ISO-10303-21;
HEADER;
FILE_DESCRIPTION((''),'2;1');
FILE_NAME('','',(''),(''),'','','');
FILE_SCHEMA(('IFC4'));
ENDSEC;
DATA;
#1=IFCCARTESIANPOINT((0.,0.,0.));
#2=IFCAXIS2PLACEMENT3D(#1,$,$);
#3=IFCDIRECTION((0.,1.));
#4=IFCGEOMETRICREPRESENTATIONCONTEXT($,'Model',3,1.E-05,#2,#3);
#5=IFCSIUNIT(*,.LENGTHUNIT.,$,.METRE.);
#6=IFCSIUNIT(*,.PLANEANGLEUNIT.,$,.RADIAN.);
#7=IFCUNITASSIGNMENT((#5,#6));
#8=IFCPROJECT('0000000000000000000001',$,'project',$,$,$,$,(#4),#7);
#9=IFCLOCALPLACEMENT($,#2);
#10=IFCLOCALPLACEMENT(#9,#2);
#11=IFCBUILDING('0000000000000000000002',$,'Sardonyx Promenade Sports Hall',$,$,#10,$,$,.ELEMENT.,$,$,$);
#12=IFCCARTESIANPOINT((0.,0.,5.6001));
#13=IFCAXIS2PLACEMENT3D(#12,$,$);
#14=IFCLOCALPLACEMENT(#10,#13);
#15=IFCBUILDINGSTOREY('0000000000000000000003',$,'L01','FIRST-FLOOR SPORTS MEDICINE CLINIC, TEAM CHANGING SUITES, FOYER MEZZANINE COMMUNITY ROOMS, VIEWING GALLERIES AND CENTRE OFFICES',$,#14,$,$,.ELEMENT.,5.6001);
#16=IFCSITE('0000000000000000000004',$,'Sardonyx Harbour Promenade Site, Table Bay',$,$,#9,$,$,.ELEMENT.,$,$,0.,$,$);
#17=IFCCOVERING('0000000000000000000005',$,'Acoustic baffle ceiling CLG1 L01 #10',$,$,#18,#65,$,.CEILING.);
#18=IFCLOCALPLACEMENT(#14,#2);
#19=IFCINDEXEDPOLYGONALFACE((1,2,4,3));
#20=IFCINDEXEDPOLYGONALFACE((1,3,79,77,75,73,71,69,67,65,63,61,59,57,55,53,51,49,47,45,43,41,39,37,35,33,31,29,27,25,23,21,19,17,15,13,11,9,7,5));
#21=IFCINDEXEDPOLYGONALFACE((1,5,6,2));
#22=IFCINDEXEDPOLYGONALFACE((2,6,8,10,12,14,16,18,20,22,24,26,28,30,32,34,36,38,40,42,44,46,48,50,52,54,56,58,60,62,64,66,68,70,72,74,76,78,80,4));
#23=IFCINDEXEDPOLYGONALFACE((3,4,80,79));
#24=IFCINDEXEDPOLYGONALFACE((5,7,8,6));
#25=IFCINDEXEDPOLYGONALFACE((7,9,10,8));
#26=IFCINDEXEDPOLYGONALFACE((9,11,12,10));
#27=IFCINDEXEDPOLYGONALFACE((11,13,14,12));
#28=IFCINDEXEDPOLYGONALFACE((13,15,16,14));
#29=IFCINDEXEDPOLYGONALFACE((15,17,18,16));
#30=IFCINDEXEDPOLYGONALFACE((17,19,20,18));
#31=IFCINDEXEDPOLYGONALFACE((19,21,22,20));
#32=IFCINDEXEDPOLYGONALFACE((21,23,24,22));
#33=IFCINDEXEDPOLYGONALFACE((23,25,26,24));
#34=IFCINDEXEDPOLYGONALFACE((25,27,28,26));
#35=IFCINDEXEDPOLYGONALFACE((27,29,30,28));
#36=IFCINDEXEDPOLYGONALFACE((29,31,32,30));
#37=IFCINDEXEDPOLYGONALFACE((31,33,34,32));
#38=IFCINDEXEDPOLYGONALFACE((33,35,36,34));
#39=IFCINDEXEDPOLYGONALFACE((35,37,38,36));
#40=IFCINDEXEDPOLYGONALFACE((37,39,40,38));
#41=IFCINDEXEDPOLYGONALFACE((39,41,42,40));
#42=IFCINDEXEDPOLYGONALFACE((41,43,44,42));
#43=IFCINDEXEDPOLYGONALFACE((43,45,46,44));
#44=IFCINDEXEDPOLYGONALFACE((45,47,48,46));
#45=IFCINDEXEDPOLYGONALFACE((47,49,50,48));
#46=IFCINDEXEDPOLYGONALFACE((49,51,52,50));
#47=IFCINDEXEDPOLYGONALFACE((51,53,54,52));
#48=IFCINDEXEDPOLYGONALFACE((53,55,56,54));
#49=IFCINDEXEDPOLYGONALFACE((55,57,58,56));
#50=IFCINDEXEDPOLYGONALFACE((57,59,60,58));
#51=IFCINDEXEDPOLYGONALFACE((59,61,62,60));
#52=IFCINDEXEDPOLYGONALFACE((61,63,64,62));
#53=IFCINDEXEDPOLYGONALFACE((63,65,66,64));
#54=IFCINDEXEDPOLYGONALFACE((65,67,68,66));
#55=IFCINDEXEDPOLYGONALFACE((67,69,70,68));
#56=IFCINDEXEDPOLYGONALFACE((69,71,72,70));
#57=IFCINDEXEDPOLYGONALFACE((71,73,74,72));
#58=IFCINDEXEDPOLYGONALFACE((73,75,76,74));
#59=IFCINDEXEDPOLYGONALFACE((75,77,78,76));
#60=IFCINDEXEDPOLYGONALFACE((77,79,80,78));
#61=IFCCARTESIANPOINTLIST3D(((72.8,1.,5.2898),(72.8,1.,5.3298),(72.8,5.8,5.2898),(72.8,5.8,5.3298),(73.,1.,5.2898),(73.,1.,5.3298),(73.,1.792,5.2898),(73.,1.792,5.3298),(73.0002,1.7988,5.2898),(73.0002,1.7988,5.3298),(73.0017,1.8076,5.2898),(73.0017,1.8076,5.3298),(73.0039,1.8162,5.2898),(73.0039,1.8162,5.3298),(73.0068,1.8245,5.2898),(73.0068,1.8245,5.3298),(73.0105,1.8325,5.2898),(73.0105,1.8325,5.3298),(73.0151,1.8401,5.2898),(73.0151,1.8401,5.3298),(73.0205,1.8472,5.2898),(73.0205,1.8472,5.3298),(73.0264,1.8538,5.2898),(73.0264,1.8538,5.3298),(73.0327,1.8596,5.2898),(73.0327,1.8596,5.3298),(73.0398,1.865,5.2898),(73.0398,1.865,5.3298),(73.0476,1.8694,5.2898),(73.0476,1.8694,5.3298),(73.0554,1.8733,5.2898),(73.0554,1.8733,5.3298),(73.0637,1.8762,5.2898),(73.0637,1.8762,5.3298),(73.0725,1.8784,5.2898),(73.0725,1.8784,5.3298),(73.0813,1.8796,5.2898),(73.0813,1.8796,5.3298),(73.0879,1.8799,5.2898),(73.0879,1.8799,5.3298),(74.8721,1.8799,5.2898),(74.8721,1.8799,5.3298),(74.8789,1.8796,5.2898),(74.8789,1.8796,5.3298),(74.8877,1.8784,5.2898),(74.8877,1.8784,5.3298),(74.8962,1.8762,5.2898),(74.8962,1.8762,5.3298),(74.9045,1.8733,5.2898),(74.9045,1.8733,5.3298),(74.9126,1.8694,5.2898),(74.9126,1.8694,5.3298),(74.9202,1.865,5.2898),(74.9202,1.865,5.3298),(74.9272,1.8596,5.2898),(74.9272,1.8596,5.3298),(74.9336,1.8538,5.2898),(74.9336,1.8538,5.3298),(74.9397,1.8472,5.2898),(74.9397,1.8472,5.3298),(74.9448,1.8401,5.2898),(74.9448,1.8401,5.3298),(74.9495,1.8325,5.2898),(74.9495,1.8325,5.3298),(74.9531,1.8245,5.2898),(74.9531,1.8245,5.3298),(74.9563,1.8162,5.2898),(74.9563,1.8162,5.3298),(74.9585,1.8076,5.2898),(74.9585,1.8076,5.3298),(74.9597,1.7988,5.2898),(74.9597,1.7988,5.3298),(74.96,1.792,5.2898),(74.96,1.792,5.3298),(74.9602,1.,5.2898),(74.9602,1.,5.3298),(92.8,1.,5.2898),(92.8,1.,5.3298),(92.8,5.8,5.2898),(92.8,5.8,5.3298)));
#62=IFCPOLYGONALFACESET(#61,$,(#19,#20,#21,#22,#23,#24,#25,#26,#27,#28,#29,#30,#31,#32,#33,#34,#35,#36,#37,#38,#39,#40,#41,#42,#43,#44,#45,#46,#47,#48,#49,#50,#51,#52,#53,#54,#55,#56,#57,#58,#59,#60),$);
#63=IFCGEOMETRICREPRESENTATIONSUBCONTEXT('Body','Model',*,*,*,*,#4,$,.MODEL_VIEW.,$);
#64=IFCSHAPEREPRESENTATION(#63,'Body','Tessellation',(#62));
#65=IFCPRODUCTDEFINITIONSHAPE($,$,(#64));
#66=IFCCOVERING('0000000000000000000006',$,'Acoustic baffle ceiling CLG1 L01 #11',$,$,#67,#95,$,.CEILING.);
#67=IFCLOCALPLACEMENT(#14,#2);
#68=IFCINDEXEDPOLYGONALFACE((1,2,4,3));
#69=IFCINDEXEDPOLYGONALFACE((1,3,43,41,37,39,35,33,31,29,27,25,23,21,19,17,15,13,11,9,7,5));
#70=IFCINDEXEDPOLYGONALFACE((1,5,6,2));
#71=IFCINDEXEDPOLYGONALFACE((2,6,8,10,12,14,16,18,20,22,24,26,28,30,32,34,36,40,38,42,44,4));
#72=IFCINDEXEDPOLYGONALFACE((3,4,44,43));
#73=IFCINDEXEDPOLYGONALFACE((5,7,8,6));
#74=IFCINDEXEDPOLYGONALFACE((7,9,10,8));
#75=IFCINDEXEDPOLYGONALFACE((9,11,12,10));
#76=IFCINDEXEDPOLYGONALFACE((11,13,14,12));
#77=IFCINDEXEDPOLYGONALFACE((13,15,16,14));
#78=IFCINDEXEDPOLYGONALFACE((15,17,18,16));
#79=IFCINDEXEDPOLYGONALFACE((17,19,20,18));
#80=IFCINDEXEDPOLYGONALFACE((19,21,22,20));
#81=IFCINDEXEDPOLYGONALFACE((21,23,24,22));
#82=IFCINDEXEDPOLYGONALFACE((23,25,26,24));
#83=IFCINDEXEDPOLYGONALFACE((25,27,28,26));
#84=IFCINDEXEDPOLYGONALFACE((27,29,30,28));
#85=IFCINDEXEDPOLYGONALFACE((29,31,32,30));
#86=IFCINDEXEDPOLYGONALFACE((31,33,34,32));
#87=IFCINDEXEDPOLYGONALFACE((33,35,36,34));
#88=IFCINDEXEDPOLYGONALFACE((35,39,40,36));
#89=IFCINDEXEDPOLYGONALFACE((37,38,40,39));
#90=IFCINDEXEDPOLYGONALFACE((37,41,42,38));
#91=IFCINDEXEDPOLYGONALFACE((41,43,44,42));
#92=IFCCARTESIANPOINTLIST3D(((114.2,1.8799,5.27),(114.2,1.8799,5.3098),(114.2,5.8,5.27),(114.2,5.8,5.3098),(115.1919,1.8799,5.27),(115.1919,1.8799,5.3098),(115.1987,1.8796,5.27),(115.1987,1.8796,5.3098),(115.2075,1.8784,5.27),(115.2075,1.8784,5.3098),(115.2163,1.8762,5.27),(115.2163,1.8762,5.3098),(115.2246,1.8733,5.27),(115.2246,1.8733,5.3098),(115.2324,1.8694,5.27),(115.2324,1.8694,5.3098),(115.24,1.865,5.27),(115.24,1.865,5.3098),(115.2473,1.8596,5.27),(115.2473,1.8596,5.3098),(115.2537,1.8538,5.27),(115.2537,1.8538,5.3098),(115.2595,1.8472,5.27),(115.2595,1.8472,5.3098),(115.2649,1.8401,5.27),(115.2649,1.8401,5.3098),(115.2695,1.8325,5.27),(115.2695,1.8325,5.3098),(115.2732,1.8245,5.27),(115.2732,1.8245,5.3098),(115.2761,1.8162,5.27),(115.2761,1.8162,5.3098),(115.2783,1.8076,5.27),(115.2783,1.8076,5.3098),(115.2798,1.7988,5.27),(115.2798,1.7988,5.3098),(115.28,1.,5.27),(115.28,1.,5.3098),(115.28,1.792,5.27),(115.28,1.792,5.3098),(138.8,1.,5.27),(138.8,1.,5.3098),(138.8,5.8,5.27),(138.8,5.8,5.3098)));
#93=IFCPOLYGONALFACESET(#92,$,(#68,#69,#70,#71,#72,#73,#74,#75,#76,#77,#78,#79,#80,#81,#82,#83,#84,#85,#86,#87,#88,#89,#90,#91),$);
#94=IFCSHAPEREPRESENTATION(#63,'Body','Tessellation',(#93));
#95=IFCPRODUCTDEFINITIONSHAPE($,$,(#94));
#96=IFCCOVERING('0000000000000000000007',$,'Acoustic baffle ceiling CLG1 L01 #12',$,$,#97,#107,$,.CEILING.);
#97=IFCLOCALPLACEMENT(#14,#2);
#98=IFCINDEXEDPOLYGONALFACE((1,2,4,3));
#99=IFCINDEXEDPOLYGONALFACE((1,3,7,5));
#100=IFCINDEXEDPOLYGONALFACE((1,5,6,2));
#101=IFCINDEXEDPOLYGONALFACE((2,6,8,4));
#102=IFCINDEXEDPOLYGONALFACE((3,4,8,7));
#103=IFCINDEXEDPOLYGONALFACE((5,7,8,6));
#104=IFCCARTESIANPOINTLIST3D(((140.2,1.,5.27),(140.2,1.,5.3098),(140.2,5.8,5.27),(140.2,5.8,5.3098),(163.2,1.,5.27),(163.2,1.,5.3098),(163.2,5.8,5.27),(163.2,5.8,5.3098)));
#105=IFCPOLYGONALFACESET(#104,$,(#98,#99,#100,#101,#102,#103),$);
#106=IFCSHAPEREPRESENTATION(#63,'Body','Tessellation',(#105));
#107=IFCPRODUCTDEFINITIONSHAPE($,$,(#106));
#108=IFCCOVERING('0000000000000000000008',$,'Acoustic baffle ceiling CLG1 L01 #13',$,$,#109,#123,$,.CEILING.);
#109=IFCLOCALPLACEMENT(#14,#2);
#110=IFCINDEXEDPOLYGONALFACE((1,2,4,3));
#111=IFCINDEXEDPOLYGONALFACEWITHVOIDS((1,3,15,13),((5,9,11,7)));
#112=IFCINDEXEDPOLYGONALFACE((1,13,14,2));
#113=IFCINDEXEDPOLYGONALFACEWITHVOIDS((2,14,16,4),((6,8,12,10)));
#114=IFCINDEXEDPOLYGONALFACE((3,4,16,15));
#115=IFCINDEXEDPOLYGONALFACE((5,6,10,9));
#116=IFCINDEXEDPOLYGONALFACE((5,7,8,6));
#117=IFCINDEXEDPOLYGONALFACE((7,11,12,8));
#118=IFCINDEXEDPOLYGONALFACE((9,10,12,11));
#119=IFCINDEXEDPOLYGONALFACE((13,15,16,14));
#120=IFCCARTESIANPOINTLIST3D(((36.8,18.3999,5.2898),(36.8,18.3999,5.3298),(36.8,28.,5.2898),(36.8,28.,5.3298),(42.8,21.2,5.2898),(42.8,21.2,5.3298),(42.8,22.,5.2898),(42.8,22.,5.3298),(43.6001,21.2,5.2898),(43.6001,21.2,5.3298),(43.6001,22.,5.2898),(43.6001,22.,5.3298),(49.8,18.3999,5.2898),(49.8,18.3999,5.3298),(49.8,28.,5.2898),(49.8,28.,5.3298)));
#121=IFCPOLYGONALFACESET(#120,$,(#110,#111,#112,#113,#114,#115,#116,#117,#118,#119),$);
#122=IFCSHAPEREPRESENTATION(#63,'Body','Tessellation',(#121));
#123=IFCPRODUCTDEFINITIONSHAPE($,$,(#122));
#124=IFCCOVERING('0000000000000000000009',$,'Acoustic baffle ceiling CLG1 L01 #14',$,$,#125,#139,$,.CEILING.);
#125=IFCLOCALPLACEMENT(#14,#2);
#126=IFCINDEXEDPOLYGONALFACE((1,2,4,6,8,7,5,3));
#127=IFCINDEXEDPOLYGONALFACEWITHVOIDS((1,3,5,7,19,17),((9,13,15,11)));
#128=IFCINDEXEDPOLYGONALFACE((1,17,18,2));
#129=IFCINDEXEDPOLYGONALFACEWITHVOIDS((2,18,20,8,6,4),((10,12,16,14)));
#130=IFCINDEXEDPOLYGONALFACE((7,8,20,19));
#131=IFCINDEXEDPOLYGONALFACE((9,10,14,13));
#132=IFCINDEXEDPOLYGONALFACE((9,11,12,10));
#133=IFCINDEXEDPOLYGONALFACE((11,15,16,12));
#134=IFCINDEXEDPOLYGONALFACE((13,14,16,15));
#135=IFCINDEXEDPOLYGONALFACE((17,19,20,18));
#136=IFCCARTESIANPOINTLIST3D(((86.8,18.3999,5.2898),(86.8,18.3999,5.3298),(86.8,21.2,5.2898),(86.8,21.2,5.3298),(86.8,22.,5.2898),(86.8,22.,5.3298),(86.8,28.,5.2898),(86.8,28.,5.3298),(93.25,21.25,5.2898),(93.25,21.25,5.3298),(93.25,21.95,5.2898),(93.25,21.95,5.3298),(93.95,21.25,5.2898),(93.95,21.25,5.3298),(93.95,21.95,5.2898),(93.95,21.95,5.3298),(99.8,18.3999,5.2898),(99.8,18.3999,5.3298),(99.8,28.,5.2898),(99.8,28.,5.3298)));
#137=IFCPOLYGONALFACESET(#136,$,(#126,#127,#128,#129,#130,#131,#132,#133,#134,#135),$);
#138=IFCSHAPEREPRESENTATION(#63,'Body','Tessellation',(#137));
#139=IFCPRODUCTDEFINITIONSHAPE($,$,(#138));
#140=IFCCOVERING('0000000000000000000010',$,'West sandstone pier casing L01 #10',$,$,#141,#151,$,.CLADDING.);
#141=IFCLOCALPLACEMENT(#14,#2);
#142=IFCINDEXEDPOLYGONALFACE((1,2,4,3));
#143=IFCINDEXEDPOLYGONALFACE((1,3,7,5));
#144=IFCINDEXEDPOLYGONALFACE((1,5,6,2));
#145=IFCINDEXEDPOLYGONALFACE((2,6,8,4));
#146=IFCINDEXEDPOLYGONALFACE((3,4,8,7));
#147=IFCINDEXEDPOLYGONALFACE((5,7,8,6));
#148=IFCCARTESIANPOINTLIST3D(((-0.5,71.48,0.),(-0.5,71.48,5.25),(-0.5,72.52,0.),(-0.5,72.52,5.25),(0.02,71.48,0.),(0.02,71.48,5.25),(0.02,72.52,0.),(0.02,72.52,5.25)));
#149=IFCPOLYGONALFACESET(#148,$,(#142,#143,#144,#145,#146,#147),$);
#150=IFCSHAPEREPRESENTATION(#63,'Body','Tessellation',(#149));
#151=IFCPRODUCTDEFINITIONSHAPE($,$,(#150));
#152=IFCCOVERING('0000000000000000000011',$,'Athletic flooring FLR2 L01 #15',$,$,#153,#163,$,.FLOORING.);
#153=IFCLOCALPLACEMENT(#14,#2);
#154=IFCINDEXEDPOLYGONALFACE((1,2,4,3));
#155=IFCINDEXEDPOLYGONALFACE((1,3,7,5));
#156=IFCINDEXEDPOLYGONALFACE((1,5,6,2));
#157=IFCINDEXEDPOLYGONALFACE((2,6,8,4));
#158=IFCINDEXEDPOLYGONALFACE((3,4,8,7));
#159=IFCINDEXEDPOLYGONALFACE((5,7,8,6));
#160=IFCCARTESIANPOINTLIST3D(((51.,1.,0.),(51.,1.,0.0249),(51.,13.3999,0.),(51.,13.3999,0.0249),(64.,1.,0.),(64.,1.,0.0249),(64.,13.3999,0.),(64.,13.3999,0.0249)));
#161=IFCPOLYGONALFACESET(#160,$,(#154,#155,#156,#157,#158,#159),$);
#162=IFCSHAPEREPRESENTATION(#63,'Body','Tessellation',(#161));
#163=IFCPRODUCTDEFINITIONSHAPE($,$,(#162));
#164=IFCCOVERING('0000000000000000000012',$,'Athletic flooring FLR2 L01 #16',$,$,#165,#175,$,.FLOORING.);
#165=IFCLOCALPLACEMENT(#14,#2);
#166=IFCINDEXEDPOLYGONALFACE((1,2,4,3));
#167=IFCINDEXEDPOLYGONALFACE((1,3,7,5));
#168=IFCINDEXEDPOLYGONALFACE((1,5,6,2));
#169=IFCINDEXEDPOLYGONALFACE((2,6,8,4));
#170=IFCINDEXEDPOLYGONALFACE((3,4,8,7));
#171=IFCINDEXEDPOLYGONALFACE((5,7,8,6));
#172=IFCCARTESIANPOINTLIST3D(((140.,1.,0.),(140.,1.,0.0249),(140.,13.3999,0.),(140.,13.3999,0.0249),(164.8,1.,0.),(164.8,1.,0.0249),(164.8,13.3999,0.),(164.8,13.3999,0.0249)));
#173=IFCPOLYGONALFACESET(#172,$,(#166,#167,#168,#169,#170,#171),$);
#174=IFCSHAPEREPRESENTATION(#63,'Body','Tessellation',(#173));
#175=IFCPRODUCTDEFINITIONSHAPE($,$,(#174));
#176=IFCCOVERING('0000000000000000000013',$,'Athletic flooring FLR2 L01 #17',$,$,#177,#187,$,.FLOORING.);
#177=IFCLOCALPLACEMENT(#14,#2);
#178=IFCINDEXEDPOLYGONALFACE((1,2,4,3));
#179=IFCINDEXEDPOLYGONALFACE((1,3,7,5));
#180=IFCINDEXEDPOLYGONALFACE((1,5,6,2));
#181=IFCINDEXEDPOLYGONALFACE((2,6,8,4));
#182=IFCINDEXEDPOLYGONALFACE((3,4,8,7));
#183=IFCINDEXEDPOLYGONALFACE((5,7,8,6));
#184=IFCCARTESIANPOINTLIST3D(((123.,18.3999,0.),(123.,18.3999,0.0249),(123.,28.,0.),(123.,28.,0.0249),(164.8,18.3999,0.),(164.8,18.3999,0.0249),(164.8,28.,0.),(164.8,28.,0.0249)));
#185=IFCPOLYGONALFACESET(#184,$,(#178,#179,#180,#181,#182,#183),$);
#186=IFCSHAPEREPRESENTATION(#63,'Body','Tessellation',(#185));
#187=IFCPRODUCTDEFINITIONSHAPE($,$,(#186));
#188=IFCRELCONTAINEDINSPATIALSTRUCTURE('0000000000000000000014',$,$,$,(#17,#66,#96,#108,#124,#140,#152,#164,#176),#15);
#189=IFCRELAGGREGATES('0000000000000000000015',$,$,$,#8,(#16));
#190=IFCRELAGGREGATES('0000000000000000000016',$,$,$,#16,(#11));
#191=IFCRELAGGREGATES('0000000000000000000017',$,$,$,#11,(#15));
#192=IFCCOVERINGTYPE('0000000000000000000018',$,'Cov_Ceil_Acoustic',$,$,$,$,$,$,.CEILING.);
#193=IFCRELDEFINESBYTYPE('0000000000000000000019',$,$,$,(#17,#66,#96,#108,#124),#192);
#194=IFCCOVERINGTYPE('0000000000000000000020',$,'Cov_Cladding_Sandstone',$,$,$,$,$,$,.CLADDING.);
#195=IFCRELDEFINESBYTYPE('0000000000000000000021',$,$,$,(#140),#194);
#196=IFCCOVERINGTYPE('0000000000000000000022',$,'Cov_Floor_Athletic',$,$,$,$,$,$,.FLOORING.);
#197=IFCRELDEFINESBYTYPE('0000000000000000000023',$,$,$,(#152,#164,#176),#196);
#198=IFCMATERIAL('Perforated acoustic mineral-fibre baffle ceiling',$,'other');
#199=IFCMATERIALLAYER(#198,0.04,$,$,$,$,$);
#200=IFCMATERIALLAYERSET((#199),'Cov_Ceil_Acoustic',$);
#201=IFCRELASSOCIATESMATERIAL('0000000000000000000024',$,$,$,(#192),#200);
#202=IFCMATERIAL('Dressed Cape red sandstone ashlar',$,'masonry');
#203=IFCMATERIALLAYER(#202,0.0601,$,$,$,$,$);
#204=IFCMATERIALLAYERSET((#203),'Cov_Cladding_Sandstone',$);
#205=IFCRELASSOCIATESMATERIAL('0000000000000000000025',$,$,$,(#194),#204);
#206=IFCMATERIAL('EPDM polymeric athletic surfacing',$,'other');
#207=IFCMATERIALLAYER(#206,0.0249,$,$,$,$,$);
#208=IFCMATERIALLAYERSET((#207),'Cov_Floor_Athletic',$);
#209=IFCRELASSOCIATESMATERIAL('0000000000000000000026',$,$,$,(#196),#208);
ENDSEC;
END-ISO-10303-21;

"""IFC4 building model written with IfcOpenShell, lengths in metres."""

from ifc_helpers import new_model, si_unit, direction, frame, origin, place, context, subcontext, project, spatial, polyline, outline, extrude, material, layer, layer_set, type_object, element, save


model = new_model("IFC4")

# Units and contexts
model_context = context("Model", 3, precision=1e-05, world=origin(), true_north=direction((0.0, 1.0)))
body_context = subcontext(model_context, "Body", "Model", "MODEL_VIEW")
ifc_project = project(units=[si_unit("LENGTHUNIT", "METRE"), si_unit("PLANEANGLEUNIT", "RADIAN")], contexts=[model_context])

# Site, building, storey
site_placement = place(None, origin())
site = spatial("IfcSite", under=ifc_project, at=site_placement, Name="Sardonyx Harbour Promenade Site, Table Bay", CompositionType="ELEMENT", RefElevation=0.0)
building_placement = place(site_placement, origin())
building = spatial("IfcBuilding", under=site, at=building_placement, Name="Sardonyx Promenade Sports Hall", CompositionType="ELEMENT")
storey_placement = place(building_placement, frame((0.0, 0.0, 5.6001)))
storey = spatial("IfcBuildingStorey", under=building, at=storey_placement, Name="L01", Description="FIRST-FLOOR SPORTS MEDICINE CLINIC, TEAM CHANGING SUITES, FOYER MEZZANINE COMMUNITY ROOMS, VIEWING GALLERIES AND CENTRE OFFICES", CompositionType="ELEMENT", Elevation=5.6001)

# Coverings
ifc_material_1 = material(Name="Perforated acoustic mineral-fibre baffle ceiling", Category="other")
ifc_layer_1 = layer(ifc_material_1, 0.04)
ifc_layer_set_1 = layer_set([ifc_layer_1], Name="Cov_Ceil_Acoustic")
covering_type_1 = type_object("IfcCoveringType", Name="Cov_Ceil_Acoustic", PredefinedType="CEILING", material=ifc_layer_set_1)
covering_1_placement = place(storey_placement, frame((0.0, 0.0, 5.2898)))
element("IfcCovering", 1, at=covering_1_placement, inside=storey, type_object=covering_type_1, Name="Acoustic baffle ceiling CLG1 L01 #10", PredefinedType="CEILING", context=body_context, shape_type="SweptSolid", body=[
    extrude(outline(polyline([(72.8, 5.8), (72.8, 1.0), (73.0, 1.0), (73.0, 1.792), (73.0002, 1.7988), (73.0017, 1.8076), (73.0039, 1.8162), (73.0068, 1.8245), (73.0105, 1.8325), (73.0151, 1.8401), (73.0205, 1.8472), (73.0264, 1.8538), (73.0327, 1.8596), (73.0398, 1.865), (73.0476, 1.8694), (73.0554, 1.8733), (73.0637, 1.8762), (73.0725, 1.8784), (73.0813, 1.8796), (73.0879, 1.8799), (74.8721, 1.8799), (74.8789, 1.8796), (74.8877, 1.8784), (74.8962, 1.8762), (74.9045, 1.8733), (74.9126, 1.8694), (74.9202, 1.865), (74.9272, 1.8596), (74.9336, 1.8538), (74.9397, 1.8472), (74.9448, 1.8401), (74.9495, 1.8325), (74.9531, 1.8245), (74.9563, 1.8162), (74.9585, 1.8076), (74.9597, 1.7988), (74.96, 1.792), (74.9602, 1.0), (92.8, 1.0), (92.8, 5.8), (72.8, 5.8)])), origin(), (0.0, 0.0, 1.0), 0.04),
])
covering_2_placement = place(storey_placement, frame((0.0, 0.0, 5.27)))
element("IfcCovering", 2, at=covering_2_placement, inside=storey, type_object=covering_type_1, Name="Acoustic baffle ceiling CLG1 L01 #11", PredefinedType="CEILING", context=body_context, shape_type="SweptSolid", body=[
    extrude(outline(polyline([(138.8, 5.8), (114.2, 5.8), (114.2, 1.8799), (115.1919, 1.8799), (115.1987, 1.8796), (115.2075, 1.8784), (115.2163, 1.8762), (115.2246, 1.8733), (115.2324, 1.8694), (115.24, 1.865), (115.2473, 1.8596), (115.2537, 1.8538), (115.2595, 1.8472), (115.2649, 1.8401), (115.2695, 1.8325), (115.2732, 1.8245), (115.2761, 1.8162), (115.2783, 1.8076), (115.2798, 1.7988), (115.28, 1.792), (115.28, 1.0), (138.8, 1.0), (138.8, 5.8)])), origin(), (0.0, 0.0, 1.0), 0.0398),
])
covering_3_placement = place(storey_placement, frame((0.0, 0.0, 5.27)))
element("IfcCovering", 3, at=covering_3_placement, inside=storey, type_object=covering_type_1, Name="Acoustic baffle ceiling CLG1 L01 #12", PredefinedType="CEILING", context=body_context, shape_type="SweptSolid", body=[
    extrude(outline(polyline([(140.2, 5.8), (140.2, 1.0), (163.2, 1.0), (163.2, 5.8), (140.2, 5.8)])), origin(), (0.0, 0.0, 1.0), 0.0398),
])
covering_4_placement = place(storey_placement, frame((0.0, 0.0, 5.2898)))
element("IfcCovering", 4, at=covering_4_placement, inside=storey, type_object=covering_type_1, Name="Acoustic baffle ceiling CLG1 L01 #13", PredefinedType="CEILING", context=body_context, shape_type="SweptSolid", body=[
    extrude(outline(polyline([(36.8, 28.0), (36.8, 18.3999), (49.8, 18.3999), (49.8, 28.0), (36.8, 28.0)]), holes=[polyline([(43.6001, 22.0), (43.6001, 21.2), (42.8, 21.2), (42.8, 22.0), (43.6001, 22.0)])]), origin(), (0.0, 0.0, 1.0), 0.04),
])
covering_5_placement = place(storey_placement, frame((0.0, 0.0, 5.2898)))
element("IfcCovering", 5, at=covering_5_placement, inside=storey, type_object=covering_type_1, Name="Acoustic baffle ceiling CLG1 L01 #14", PredefinedType="CEILING", context=body_context, shape_type="SweptSolid", body=[
    extrude(outline(polyline([(86.8, 21.2), (86.8, 18.3999), (99.8, 18.3999), (99.8, 28.0), (86.8, 28.0), (86.8, 22.0), (86.8, 21.2)]), holes=[polyline([(93.95, 21.95), (93.95, 21.25), (93.25, 21.25), (93.25, 21.95), (93.95, 21.95)])]), origin(), (0.0, 0.0, 1.0), 0.04),
])
ifc_material_2 = material(Name="Dressed Cape red sandstone ashlar", Category="masonry")
ifc_layer_2 = layer(ifc_material_2, 0.0601)
ifc_layer_set_2 = layer_set([ifc_layer_2], Name="Cov_Cladding_Sandstone")
covering_type_2 = type_object("IfcCoveringType", Name="Cov_Cladding_Sandstone", PredefinedType="CLADDING", material=ifc_layer_set_2)
covering_6_placement = place(storey_placement, origin())
element("IfcCovering", 6, at=covering_6_placement, inside=storey, type_object=covering_type_2, Name="West sandstone pier casing L01 #10", PredefinedType="CLADDING", context=body_context, shape_type="SweptSolid", body=[
    extrude(outline(polyline([(-0.5, 71.48), (0.02, 71.48), (0.02, 72.52), (-0.5, 72.52), (-0.5, 71.48)])), origin(), (0.0, 0.0, 1.0), 5.25),
])
ifc_material_3 = material(Name="EPDM polymeric athletic surfacing", Category="other")
ifc_layer_3 = layer(ifc_material_3, 0.0249)
ifc_layer_set_3 = layer_set([ifc_layer_3], Name="Cov_Floor_Athletic")
covering_type_3 = type_object("IfcCoveringType", Name="Cov_Floor_Athletic", PredefinedType="FLOORING", material=ifc_layer_set_3)
covering_7_placement = place(storey_placement, origin())
element("IfcCovering", 7, at=covering_7_placement, inside=storey, type_object=covering_type_3, Name="Athletic flooring FLR2 L01 #15", PredefinedType="FLOORING", context=body_context, shape_type="SweptSolid", body=[
    extrude(outline(polyline([(51.0, 1.0), (64.0, 1.0), (64.0, 13.3999), (51.0, 13.3999), (51.0, 1.0)])), origin(), (0.0, 0.0, 1.0), 0.0249),
])
covering_8_placement = place(storey_placement, origin())
element("IfcCovering", 8, at=covering_8_placement, inside=storey, type_object=covering_type_3, Name="Athletic flooring FLR2 L01 #16", PredefinedType="FLOORING", context=body_context, shape_type="SweptSolid", body=[
    extrude(outline(polyline([(140.0, 1.0), (164.8, 1.0), (164.8, 13.3999), (140.0, 13.3999), (140.0, 1.0)])), origin(), (0.0, 0.0, 1.0), 0.0249),
])
covering_9_placement = place(storey_placement, origin())
element("IfcCovering", 9, at=covering_9_placement, inside=storey, type_object=covering_type_3, Name="Athletic flooring FLR2 L01 #17", PredefinedType="FLOORING", context=body_context, shape_type="SweptSolid", body=[
    extrude(outline(polyline([(123.0, 18.3999), (164.8, 18.3999), (164.8, 28.0), (123.0, 28.0), (123.0, 18.3999)])), origin(), (0.0, 0.0, 1.0), 0.0249),
])

save(model, "model.ifc")
